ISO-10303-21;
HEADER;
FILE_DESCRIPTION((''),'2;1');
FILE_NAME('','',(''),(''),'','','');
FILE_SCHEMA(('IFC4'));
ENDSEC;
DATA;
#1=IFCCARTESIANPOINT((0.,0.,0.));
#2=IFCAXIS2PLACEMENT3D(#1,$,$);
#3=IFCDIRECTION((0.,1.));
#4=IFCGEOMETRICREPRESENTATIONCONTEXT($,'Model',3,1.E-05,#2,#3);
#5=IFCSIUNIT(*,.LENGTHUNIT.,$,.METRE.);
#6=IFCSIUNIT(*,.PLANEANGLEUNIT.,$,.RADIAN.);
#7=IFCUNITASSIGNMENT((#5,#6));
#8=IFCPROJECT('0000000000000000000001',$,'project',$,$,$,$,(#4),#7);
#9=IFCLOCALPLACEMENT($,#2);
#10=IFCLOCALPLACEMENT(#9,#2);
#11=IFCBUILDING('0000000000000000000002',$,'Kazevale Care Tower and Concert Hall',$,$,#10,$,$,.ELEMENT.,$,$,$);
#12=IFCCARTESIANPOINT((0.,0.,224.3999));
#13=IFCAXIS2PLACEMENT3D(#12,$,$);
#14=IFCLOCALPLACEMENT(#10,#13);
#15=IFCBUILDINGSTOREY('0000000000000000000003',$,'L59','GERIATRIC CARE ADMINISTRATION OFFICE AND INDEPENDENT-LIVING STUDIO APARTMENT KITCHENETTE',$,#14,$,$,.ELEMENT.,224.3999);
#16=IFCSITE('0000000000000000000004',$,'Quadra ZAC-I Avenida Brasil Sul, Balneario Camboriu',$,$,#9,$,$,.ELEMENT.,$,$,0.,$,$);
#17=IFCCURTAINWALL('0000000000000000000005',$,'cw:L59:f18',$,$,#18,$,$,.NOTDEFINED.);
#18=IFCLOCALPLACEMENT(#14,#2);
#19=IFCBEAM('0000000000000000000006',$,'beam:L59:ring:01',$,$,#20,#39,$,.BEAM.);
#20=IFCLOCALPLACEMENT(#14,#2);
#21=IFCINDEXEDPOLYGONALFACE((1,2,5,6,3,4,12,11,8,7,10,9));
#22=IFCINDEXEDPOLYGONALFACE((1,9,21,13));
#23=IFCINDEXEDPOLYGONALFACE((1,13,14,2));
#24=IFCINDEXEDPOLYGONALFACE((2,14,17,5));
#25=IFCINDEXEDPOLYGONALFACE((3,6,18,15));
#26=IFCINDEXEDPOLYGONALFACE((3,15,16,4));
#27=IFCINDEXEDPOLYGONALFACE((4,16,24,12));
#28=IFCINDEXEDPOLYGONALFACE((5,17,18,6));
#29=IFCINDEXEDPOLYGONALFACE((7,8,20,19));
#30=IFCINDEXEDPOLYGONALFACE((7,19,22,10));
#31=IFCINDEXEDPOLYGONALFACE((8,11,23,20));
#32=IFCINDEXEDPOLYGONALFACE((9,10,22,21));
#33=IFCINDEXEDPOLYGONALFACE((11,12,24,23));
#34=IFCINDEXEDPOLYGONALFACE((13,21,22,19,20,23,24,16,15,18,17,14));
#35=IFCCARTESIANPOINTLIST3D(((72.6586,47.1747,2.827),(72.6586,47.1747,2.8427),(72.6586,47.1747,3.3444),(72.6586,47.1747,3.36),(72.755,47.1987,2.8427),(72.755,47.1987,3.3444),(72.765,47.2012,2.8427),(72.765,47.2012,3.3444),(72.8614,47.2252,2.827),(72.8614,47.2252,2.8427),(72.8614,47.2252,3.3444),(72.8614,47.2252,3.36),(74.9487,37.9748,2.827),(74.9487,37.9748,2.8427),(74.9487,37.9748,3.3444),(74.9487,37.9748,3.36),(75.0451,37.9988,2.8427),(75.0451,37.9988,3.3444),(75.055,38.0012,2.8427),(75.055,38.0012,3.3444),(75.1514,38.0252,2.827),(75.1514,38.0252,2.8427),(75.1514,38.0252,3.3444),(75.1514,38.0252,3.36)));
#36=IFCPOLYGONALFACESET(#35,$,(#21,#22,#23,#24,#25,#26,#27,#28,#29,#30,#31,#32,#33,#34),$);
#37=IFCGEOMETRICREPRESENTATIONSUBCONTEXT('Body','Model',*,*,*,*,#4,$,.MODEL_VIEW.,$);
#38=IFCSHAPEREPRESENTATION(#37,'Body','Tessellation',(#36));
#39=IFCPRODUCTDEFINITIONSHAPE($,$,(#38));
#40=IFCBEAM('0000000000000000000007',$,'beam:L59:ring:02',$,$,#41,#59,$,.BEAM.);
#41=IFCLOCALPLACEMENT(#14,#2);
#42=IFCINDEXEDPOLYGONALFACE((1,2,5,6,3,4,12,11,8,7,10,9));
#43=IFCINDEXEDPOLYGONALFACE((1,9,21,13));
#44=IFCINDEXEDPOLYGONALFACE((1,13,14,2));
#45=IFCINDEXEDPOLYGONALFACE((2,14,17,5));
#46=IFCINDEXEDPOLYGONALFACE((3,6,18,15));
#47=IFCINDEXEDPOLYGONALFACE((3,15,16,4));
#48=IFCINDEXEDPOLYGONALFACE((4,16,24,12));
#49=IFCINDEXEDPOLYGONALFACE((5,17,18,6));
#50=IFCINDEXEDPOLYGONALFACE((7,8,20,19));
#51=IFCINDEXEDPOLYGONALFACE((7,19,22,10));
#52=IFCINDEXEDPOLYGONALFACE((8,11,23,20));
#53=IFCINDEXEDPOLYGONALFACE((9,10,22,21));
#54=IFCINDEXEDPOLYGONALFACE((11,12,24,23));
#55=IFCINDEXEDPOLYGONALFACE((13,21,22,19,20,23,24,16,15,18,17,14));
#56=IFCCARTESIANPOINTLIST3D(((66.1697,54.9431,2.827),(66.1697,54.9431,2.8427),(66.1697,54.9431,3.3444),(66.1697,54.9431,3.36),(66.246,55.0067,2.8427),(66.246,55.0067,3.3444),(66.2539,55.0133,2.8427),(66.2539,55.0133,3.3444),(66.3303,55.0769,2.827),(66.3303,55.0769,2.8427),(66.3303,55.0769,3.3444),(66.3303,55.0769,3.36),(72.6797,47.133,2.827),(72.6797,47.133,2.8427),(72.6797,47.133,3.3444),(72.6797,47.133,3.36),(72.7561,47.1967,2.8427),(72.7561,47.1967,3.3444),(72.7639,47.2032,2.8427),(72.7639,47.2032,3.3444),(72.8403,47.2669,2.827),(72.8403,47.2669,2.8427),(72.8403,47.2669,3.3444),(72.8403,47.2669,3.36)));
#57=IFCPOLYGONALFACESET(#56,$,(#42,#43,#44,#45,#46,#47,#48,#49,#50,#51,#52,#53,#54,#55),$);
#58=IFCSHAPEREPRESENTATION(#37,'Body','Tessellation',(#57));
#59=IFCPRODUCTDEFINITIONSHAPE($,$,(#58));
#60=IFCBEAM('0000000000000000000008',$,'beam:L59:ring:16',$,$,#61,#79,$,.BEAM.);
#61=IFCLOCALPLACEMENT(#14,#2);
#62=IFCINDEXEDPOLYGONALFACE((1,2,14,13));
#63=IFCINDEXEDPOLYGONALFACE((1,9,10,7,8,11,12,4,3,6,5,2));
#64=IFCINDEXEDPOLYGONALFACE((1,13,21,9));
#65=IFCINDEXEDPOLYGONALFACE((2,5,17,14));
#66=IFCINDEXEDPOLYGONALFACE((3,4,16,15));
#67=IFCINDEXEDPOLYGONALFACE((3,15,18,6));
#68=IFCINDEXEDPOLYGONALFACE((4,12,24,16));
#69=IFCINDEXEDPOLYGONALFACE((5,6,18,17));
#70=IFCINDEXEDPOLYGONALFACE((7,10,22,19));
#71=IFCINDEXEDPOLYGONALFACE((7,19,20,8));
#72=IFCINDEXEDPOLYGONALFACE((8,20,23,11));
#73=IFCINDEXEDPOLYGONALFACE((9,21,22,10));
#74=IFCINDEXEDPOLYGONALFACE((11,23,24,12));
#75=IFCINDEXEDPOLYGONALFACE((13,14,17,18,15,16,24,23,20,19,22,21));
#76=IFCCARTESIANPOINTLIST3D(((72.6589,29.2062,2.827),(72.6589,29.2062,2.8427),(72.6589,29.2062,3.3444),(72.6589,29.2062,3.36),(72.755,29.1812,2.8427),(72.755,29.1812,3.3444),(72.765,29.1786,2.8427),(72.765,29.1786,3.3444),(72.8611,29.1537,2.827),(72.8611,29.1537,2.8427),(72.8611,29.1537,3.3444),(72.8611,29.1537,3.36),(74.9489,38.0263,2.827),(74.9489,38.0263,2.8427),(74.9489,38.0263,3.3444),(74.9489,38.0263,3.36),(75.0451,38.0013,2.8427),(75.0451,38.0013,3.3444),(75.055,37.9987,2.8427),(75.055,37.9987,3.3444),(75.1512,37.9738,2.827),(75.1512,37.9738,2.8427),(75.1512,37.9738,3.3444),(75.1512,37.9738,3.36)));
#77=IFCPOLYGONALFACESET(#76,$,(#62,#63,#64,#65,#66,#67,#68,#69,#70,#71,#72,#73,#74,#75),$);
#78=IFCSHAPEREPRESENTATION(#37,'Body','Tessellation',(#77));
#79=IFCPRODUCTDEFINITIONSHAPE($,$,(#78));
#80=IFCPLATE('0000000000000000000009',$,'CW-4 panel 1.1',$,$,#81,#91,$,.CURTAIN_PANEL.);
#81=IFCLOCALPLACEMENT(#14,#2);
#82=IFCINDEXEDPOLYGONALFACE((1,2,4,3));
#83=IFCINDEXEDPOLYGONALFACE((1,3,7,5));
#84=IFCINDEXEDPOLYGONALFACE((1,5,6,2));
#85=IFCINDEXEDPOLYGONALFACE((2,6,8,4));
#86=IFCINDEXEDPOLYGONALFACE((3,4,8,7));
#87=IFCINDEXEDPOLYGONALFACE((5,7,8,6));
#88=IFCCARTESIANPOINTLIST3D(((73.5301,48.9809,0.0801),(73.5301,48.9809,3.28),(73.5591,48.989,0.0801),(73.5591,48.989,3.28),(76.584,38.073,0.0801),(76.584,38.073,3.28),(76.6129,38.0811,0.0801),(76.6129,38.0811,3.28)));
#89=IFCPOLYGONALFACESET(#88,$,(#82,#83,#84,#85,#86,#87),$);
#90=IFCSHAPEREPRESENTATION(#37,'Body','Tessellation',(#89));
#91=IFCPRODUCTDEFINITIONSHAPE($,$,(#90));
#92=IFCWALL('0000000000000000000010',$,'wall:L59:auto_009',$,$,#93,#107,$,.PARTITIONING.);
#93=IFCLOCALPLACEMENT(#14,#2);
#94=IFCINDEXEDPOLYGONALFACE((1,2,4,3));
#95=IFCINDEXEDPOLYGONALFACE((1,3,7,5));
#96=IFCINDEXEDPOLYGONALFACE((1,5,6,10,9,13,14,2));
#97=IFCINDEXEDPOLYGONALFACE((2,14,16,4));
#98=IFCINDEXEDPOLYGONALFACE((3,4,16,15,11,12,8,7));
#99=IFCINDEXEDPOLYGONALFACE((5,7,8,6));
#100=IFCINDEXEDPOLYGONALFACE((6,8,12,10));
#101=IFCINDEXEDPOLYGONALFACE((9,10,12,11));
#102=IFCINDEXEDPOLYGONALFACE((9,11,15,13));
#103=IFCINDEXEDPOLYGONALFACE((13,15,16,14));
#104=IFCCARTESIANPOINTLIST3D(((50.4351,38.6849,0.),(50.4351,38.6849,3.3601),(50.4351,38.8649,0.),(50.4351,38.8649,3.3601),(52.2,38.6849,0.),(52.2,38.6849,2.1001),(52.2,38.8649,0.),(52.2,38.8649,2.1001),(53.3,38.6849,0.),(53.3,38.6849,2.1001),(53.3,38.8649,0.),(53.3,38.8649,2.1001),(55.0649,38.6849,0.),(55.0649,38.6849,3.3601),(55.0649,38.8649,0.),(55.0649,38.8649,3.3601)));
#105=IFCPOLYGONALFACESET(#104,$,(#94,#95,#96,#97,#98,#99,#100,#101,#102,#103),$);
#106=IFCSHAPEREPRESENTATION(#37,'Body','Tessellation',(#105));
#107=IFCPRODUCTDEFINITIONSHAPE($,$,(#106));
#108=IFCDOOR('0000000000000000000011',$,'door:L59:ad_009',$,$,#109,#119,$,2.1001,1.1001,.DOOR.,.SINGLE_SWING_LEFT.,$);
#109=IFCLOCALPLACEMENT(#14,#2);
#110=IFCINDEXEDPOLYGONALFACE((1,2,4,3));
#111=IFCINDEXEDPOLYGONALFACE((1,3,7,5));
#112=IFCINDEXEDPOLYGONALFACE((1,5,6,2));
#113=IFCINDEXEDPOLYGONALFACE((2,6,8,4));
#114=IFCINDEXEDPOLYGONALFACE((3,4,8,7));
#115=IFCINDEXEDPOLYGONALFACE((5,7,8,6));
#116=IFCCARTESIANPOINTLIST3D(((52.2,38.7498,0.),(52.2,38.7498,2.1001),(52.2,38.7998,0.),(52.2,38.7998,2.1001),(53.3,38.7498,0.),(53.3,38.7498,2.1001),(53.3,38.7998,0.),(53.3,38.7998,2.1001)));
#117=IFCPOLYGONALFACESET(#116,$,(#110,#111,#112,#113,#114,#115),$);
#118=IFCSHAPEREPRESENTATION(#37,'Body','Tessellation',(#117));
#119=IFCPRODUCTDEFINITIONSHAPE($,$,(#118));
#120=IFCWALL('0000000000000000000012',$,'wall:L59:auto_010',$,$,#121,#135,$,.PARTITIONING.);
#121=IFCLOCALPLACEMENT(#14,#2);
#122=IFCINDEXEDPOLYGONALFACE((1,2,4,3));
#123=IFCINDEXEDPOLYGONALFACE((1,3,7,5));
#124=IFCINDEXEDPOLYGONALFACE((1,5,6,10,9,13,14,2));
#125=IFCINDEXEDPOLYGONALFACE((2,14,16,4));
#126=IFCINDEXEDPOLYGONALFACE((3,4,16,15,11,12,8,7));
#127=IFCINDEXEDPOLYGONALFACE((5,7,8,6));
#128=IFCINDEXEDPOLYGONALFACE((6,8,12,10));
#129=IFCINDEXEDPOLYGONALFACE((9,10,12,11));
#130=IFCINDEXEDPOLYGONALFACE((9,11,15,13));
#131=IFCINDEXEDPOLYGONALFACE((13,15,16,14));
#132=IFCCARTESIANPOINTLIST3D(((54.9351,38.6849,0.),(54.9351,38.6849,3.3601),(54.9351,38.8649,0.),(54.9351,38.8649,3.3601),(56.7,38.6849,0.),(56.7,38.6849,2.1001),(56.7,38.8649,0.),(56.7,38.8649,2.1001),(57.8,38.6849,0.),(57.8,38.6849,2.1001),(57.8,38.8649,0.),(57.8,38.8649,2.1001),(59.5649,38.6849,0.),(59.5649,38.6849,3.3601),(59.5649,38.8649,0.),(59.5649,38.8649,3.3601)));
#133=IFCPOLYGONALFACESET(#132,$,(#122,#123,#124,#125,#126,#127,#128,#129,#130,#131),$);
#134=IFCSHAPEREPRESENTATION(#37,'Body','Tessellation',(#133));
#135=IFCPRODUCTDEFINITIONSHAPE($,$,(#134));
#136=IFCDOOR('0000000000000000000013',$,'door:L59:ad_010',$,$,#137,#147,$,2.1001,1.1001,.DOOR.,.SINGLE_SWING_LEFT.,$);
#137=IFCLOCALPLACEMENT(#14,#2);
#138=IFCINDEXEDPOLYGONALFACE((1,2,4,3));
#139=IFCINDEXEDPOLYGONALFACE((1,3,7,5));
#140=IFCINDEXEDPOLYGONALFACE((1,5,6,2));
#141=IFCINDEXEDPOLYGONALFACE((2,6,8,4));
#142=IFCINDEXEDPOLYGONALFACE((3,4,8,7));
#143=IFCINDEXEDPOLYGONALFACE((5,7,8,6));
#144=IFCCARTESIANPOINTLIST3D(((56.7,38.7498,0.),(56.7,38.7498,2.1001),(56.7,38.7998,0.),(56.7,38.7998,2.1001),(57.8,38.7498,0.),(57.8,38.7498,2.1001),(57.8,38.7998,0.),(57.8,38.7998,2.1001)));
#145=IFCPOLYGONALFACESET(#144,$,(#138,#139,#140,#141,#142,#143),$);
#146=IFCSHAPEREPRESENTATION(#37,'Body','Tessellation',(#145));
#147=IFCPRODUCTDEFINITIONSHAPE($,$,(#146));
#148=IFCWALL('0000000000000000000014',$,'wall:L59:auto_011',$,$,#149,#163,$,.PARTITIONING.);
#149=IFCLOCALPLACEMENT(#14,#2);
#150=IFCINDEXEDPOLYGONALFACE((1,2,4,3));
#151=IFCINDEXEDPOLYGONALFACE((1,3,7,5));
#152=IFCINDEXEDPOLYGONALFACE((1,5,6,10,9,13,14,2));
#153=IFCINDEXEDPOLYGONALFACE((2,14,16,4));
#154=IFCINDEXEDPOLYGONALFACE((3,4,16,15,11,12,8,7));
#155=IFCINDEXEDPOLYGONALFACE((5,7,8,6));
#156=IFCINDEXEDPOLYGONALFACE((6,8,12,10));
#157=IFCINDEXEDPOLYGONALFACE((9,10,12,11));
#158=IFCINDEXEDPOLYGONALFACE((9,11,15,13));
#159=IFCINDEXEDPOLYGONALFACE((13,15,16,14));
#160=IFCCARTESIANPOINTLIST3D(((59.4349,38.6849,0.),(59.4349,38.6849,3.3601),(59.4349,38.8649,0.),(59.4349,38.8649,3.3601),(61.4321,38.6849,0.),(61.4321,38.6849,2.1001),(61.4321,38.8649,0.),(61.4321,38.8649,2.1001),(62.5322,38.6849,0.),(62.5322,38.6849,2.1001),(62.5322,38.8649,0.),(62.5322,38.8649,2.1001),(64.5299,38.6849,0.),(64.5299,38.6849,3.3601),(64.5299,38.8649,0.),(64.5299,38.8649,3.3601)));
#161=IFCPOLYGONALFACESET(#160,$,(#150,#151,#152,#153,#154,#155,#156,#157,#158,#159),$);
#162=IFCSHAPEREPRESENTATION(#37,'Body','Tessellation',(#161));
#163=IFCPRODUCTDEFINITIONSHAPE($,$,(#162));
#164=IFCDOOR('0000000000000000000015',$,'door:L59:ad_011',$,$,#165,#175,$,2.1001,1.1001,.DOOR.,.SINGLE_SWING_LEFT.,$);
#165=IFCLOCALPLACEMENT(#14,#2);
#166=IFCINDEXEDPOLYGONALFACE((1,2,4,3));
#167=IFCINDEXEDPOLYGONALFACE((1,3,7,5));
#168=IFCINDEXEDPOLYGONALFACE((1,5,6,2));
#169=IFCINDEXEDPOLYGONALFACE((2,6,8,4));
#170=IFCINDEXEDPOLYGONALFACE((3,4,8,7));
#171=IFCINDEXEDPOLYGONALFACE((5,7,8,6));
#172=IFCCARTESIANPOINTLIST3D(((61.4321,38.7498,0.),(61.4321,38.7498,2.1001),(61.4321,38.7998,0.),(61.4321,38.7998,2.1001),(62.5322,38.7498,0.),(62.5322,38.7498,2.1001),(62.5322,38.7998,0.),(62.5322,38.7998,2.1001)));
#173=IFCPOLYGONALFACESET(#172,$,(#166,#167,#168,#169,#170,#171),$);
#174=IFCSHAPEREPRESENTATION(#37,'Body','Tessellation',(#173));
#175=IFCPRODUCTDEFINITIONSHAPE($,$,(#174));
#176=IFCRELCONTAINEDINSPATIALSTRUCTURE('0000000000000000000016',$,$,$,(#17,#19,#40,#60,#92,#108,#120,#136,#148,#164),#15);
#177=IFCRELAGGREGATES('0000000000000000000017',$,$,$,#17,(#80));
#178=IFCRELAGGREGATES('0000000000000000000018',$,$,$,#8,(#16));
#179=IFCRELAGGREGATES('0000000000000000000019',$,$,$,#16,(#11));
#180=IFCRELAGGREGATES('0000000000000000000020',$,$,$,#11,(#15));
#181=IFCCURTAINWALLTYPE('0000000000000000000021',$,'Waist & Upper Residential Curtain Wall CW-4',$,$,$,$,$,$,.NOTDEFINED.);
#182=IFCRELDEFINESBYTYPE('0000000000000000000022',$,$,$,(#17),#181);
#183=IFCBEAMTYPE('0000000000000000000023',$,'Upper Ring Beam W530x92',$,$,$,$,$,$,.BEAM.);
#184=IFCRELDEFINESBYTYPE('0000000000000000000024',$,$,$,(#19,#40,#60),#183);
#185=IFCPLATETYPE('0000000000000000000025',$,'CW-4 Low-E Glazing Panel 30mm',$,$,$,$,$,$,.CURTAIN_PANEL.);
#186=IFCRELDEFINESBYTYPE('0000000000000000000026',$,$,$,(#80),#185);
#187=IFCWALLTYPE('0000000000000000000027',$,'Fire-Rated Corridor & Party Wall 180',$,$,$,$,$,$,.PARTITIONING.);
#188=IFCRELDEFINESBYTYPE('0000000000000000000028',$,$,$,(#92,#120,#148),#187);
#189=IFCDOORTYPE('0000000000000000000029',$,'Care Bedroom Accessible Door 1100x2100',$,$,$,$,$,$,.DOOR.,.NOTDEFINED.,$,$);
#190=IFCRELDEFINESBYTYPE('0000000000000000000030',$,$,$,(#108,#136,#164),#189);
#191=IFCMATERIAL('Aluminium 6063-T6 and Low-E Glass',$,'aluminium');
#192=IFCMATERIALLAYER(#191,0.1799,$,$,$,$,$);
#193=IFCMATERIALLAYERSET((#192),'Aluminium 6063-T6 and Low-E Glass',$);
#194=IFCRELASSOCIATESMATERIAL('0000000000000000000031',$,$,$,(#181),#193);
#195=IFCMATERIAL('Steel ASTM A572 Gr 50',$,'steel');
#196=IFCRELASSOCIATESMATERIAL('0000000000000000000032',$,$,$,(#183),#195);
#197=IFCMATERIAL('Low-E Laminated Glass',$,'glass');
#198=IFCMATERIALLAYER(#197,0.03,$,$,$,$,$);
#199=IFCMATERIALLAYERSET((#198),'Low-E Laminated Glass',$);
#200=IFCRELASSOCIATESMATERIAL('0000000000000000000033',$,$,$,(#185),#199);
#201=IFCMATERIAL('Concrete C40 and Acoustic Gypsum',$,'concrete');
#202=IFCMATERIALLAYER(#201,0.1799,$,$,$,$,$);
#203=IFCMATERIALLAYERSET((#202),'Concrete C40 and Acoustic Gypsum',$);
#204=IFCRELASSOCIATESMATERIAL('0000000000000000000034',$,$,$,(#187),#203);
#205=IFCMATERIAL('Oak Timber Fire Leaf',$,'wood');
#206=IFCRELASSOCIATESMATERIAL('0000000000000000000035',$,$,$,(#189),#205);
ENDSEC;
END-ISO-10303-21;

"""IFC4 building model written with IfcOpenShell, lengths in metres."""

from ifc_helpers import new_model, si_unit, direction, frame, frame_2d, origin, origin_2d, place, context, subcontext, project, spatial, rectangle, i_section, extrude, material, layer, layer_set, material_profile, profile_set, type_object, element, fill, aggregate, save


model = new_model("IFC4")

# Units and contexts
model_context = context("Model", 3, precision=1e-05, world=origin(), true_north=direction((0.0, 1.0)))
body_context = subcontext(model_context, "Body", "Model", "MODEL_VIEW")
ifc_project = project(units=[si_unit("LENGTHUNIT", "METRE"), si_unit("PLANEANGLEUNIT", "RADIAN")], contexts=[model_context])

# Site, building, storey
site_placement = place(None, origin())
site = spatial("IfcSite", under=ifc_project, at=site_placement, Name="Quadra ZAC-I Avenida Brasil Sul, Balneario Camboriu", CompositionType="ELEMENT", RefElevation=0.0)
building_placement = place(site_placement, origin())
building = spatial("IfcBuilding", under=site, at=building_placement, Name="Kazevale Care Tower and Concert Hall", CompositionType="ELEMENT")
storey_placement = place(building_placement, frame((0.0, 0.0, 224.3999)))
storey = spatial("IfcBuildingStorey", under=building, at=storey_placement, Name="L59", Description="GERIATRIC CARE ADMINISTRATION OFFICE AND INDEPENDENT-LIVING STUDIO APARTMENT KITCHENETTE", CompositionType="ELEMENT", Elevation=224.3999)

# Curtain wall
ifc_material_1 = material(Name="Aluminium 6063-T6 and Low-E Glass", Category="aluminium")
ifc_layer_1 = layer(ifc_material_1, 0.1799)
ifc_layer_set_1 = layer_set([ifc_layer_1], Name="Aluminium 6063-T6 and Low-E Glass")
curtain_wall_type = type_object("IfcCurtainWallType", Name="Waist & Upper Residential Curtain Wall CW-4", PredefinedType="NOTDEFINED", material=ifc_layer_set_1)
curtain_wall_placement = place(storey_placement, origin())
curtain_wall = element("IfcCurtainWall", 1, at=curtain_wall_placement, inside=storey, type_object=curtain_wall_type, Name="cw:L59:f18", PredefinedType="NOTDEFINED")

# Beams
ifc_material_2 = material(Name="Steel ASTM A572 Gr 50", Category="steel")
ifc_material_profile_1 = material_profile(ifc_material_2, i_section(OverallWidth=0.209, OverallDepth=0.533, WebThickness=0.0103, FlangeThickness=0.0156, at=origin_2d()), Name="W530x92")
ifc_profile_set_1 = profile_set([ifc_material_profile_1], Name="Steel ASTM A572 Gr 50")
beam_type_1 = type_object("IfcBeamType", Name="Upper Ring Beam W530x92", PredefinedType="BEAM", material=ifc_profile_set_1)
beam_1_placement = place(storey_placement, frame((75.05, 38.0, 3.0935), z_axis=(-0.241548, 0.970389, 0.0), x_axis=(-0.970389, -0.241548, 0.0)))
element("IfcBeam", 2, at=beam_1_placement, inside=storey, type_object=beam_type_1, Name="beam:L59:ring:01", PredefinedType="BEAM", context=body_context, shape_type="SweptSolid", body=[
    extrude(i_section(OverallWidth=0.209, OverallDepth=0.533, WebThickness=0.0103, FlangeThickness=0.0156, at=origin_2d()), origin(), (0.0, 0.0, 1.0), 9.4807),
])
beam_2_placement = place(storey_placement, frame((72.76, 47.2, 3.0935), z_axis=(-0.640279, 0.768143, 0.0), x_axis=(-0.768143, -0.640279, 0.0)))
element("IfcBeam", 3, at=beam_2_placement, inside=storey, type_object=beam_type_1, Name="beam:L59:ring:02", PredefinedType="BEAM", context=body_context, shape_type="SweptSolid", body=[
    extrude(i_section(OverallWidth=0.209, OverallDepth=0.533, WebThickness=0.0103, FlangeThickness=0.0156, at=origin_2d()), origin(), (0.0, 0.0, 1.0), 10.1675),
])
beam_3_placement = place(storey_placement, frame((72.76, 29.1799, 3.0935), z_axis=(0.251307, 0.967907, 0.0), x_axis=(-0.967907, 0.251307, 0.0)))
element("IfcBeam", 4, at=beam_3_placement, inside=storey, type_object=beam_type_1, Name="beam:L59:ring:16", PredefinedType="BEAM", context=body_context, shape_type="SweptSolid", body=[
    extrude(i_section(OverallWidth=0.209, OverallDepth=0.533, WebThickness=0.0103, FlangeThickness=0.0156, at=origin_2d()), origin(), (0.0, 0.0, 1.0), 9.1125),
])

# Plate
ifc_material_3 = material(Name="Low-E Laminated Glass", Category="glass")
ifc_layer_2 = layer(ifc_material_3, 0.03)
ifc_layer_set_2 = layer_set([ifc_layer_2], Name="Low-E Laminated Glass")
plate_type = type_object("IfcPlateType", Name="CW-4 Low-E Glazing Panel 30mm", PredefinedType="CURTAIN_PANEL", material=ifc_layer_set_2)
plate_placement = place(storey_placement, frame((75.0715, 43.531, 0.0801), z_axis=(0.0, 0.0, 1.0), x_axis=(0.269601, -0.962972, 0.0)))
plate = element("IfcPlate", 5, at=plate_placement, type_object=plate_type, Name="CW-4 panel 1.1", PredefinedType="CURTAIN_PANEL", context=body_context, shape_type="SweptSolid", body=[
    extrude(rectangle(XDim=11.3274, YDim=0.03, at=origin_2d()), origin(), (0.0, 0.0, 1.0), 3.2),
])
aggregate(curtain_wall, [plate])

# Walls, openings, doors
ifc_material_4 = material(Name="Concrete C40 and Acoustic Gypsum", Category="concrete")
ifc_layer_3 = layer(ifc_material_4, 0.1799)
ifc_layer_set_3 = layer_set([ifc_layer_3], Name="Concrete C40 and Acoustic Gypsum")
wall_type_1 = type_object("IfcWallType", Name="Fire-Rated Corridor & Party Wall 180", PredefinedType="PARTITIONING", material=ifc_layer_set_3)
wall_1_placement = place(storey_placement, frame((50.4351, 38.7749, 0.0), z_axis=(0.0, 0.0, 1.0), x_axis=(1.0, 0.0, 0.0)))
wall_1 = element("IfcWall", 6, at=wall_1_placement, inside=storey, type_object=wall_type_1, Name="wall:L59:auto_009", PredefinedType="PARTITIONING", context=body_context, shape_type="SweptSolid", body=[
    extrude(rectangle(XDim=4.6299, YDim=0.1799, at=frame_2d((2.3149, 0.0))), origin(), (0.0, 0.0, 1.0), 3.3601),
])
opening_1_placement = place(wall_1_placement, frame((1.7649, 0.0, 0.0)))
opening_1 = element("IfcOpeningElement", 7, at=opening_1_placement, cuts=wall_1, PredefinedType="OPENING", context=body_context, shape_type="SweptSolid", body=[
    extrude(rectangle(XDim=1.1001, YDim=2.1001, at=frame_2d((0.55, 1.05))), frame((0.0, 0.0999, 0.0), z_axis=(0.0, -1.0, 0.0), x_axis=(1.0, 0.0, 0.0)), (0.0, 0.0, 1.0), 0.2),
])
ifc_material_5 = material(Name="Oak Timber Fire Leaf", Category="wood")
door_type = type_object("IfcDoorType", Name="Care Bedroom Accessible Door 1100x2100", OperationType="NOTDEFINED", PredefinedType="DOOR", material=ifc_material_5)
door_1_placement = place(opening_1_placement, origin())
door_1 = element("IfcDoor", 8, at=door_1_placement, inside=storey, type_object=door_type, Name="door:L59:ad_009", OperationType="SINGLE_SWING_LEFT", OverallHeight=2.1001, OverallWidth=1.1001, PredefinedType="DOOR", context=body_context, shape_type="SweptSolid", body=[
    extrude(rectangle(XDim=1.1001, YDim=2.1001, at=frame_2d((0.55, 1.05))), frame((0.0, 0.0249, 0.0), z_axis=(0.0, -1.0, 0.0), x_axis=(1.0, 0.0, 0.0)), (0.0, 0.0, 1.0), 0.05),
])
fill(opening_1, door_1)
wall_2_placement = place(storey_placement, frame((54.9351, 38.7749, 0.0), z_axis=(0.0, 0.0, 1.0), x_axis=(1.0, 0.0, 0.0)))
wall_2 = element("IfcWall", 9, at=wall_2_placement, inside=storey, type_object=wall_type_1, Name="wall:L59:auto_010", PredefinedType="PARTITIONING", context=body_context, shape_type="SweptSolid", body=[
    extrude(rectangle(XDim=4.6299, YDim=0.1799, at=frame_2d((2.3149, 0.0))), origin(), (0.0, 0.0, 1.0), 3.3601),
])
opening_2_placement = place(wall_2_placement, frame((1.7649, 0.0, 0.0)))
opening_2 = element("IfcOpeningElement", 10, at=opening_2_placement, cuts=wall_2, PredefinedType="OPENING", context=body_context, shape_type="SweptSolid", body=[
    extrude(rectangle(XDim=1.1001, YDim=2.1001, at=frame_2d((0.55, 1.05))), frame((0.0, 0.0999, 0.0), z_axis=(0.0, -1.0, 0.0), x_axis=(1.0, 0.0, 0.0)), (0.0, 0.0, 1.0), 0.2),
])
door_2_placement = place(opening_2_placement, origin())
door_2 = element("IfcDoor", 11, at=door_2_placement, inside=storey, type_object=door_type, Name="door:L59:ad_010", OperationType="SINGLE_SWING_LEFT", OverallHeight=2.1001, OverallWidth=1.1001, PredefinedType="DOOR", context=body_context, shape_type="SweptSolid", body=[
    extrude(rectangle(XDim=1.1001, YDim=2.1001, at=frame_2d((0.55, 1.05))), frame((0.0, 0.0249, 0.0), z_axis=(0.0, -1.0, 0.0), x_axis=(1.0, 0.0, 0.0)), (0.0, 0.0, 1.0), 0.05),
])
fill(opening_2, door_2)
wall_3_placement = place(storey_placement, frame((59.4351, 38.7749, 0.0), z_axis=(0.0, 0.0, 1.0), x_axis=(1.0, 0.0, 0.0)))
wall_3 = element("IfcWall", 12, at=wall_3_placement, inside=storey, type_object=wall_type_1, Name="wall:L59:auto_011", PredefinedType="PARTITIONING", context=body_context, shape_type="SweptSolid", body=[
    extrude(rectangle(XDim=5.095, YDim=0.1799, at=frame_2d((2.5474, 0.0))), origin(), (0.0, 0.0, 1.0), 3.3601),
])
opening_3_placement = place(wall_3_placement, frame((1.9971, 0.0, 0.0)))
opening_3 = element("IfcOpeningElement", 13, at=opening_3_placement, cuts=wall_3, PredefinedType="OPENING", context=body_context, shape_type="SweptSolid", body=[
    extrude(rectangle(XDim=1.1001, YDim=2.1001, at=frame_2d((0.55, 1.05))), frame((0.0, 0.0999, 0.0), z_axis=(0.0, -1.0, 0.0), x_axis=(1.0, 0.0, 0.0)), (0.0, 0.0, 1.0), 0.2),
])
door_3_placement = place(opening_3_placement, origin())
door_3 = element("IfcDoor", 14, at=door_3_placement, inside=storey, type_object=door_type, Name="door:L59:ad_011", OperationType="SINGLE_SWING_LEFT", OverallHeight=2.1001, OverallWidth=1.1001, PredefinedType="DOOR", context=body_context, shape_type="SweptSolid", body=[
    extrude(rectangle(XDim=1.1001, YDim=2.1001, at=frame_2d((0.55, 1.05))), frame((0.0, 0.0249, 0.0), z_axis=(0.0, -1.0, 0.0), x_axis=(1.0, 0.0, 0.0)), (0.0, 0.0, 1.0), 0.05),
])
fill(opening_3, door_3)

save(model, "model.ifc")
